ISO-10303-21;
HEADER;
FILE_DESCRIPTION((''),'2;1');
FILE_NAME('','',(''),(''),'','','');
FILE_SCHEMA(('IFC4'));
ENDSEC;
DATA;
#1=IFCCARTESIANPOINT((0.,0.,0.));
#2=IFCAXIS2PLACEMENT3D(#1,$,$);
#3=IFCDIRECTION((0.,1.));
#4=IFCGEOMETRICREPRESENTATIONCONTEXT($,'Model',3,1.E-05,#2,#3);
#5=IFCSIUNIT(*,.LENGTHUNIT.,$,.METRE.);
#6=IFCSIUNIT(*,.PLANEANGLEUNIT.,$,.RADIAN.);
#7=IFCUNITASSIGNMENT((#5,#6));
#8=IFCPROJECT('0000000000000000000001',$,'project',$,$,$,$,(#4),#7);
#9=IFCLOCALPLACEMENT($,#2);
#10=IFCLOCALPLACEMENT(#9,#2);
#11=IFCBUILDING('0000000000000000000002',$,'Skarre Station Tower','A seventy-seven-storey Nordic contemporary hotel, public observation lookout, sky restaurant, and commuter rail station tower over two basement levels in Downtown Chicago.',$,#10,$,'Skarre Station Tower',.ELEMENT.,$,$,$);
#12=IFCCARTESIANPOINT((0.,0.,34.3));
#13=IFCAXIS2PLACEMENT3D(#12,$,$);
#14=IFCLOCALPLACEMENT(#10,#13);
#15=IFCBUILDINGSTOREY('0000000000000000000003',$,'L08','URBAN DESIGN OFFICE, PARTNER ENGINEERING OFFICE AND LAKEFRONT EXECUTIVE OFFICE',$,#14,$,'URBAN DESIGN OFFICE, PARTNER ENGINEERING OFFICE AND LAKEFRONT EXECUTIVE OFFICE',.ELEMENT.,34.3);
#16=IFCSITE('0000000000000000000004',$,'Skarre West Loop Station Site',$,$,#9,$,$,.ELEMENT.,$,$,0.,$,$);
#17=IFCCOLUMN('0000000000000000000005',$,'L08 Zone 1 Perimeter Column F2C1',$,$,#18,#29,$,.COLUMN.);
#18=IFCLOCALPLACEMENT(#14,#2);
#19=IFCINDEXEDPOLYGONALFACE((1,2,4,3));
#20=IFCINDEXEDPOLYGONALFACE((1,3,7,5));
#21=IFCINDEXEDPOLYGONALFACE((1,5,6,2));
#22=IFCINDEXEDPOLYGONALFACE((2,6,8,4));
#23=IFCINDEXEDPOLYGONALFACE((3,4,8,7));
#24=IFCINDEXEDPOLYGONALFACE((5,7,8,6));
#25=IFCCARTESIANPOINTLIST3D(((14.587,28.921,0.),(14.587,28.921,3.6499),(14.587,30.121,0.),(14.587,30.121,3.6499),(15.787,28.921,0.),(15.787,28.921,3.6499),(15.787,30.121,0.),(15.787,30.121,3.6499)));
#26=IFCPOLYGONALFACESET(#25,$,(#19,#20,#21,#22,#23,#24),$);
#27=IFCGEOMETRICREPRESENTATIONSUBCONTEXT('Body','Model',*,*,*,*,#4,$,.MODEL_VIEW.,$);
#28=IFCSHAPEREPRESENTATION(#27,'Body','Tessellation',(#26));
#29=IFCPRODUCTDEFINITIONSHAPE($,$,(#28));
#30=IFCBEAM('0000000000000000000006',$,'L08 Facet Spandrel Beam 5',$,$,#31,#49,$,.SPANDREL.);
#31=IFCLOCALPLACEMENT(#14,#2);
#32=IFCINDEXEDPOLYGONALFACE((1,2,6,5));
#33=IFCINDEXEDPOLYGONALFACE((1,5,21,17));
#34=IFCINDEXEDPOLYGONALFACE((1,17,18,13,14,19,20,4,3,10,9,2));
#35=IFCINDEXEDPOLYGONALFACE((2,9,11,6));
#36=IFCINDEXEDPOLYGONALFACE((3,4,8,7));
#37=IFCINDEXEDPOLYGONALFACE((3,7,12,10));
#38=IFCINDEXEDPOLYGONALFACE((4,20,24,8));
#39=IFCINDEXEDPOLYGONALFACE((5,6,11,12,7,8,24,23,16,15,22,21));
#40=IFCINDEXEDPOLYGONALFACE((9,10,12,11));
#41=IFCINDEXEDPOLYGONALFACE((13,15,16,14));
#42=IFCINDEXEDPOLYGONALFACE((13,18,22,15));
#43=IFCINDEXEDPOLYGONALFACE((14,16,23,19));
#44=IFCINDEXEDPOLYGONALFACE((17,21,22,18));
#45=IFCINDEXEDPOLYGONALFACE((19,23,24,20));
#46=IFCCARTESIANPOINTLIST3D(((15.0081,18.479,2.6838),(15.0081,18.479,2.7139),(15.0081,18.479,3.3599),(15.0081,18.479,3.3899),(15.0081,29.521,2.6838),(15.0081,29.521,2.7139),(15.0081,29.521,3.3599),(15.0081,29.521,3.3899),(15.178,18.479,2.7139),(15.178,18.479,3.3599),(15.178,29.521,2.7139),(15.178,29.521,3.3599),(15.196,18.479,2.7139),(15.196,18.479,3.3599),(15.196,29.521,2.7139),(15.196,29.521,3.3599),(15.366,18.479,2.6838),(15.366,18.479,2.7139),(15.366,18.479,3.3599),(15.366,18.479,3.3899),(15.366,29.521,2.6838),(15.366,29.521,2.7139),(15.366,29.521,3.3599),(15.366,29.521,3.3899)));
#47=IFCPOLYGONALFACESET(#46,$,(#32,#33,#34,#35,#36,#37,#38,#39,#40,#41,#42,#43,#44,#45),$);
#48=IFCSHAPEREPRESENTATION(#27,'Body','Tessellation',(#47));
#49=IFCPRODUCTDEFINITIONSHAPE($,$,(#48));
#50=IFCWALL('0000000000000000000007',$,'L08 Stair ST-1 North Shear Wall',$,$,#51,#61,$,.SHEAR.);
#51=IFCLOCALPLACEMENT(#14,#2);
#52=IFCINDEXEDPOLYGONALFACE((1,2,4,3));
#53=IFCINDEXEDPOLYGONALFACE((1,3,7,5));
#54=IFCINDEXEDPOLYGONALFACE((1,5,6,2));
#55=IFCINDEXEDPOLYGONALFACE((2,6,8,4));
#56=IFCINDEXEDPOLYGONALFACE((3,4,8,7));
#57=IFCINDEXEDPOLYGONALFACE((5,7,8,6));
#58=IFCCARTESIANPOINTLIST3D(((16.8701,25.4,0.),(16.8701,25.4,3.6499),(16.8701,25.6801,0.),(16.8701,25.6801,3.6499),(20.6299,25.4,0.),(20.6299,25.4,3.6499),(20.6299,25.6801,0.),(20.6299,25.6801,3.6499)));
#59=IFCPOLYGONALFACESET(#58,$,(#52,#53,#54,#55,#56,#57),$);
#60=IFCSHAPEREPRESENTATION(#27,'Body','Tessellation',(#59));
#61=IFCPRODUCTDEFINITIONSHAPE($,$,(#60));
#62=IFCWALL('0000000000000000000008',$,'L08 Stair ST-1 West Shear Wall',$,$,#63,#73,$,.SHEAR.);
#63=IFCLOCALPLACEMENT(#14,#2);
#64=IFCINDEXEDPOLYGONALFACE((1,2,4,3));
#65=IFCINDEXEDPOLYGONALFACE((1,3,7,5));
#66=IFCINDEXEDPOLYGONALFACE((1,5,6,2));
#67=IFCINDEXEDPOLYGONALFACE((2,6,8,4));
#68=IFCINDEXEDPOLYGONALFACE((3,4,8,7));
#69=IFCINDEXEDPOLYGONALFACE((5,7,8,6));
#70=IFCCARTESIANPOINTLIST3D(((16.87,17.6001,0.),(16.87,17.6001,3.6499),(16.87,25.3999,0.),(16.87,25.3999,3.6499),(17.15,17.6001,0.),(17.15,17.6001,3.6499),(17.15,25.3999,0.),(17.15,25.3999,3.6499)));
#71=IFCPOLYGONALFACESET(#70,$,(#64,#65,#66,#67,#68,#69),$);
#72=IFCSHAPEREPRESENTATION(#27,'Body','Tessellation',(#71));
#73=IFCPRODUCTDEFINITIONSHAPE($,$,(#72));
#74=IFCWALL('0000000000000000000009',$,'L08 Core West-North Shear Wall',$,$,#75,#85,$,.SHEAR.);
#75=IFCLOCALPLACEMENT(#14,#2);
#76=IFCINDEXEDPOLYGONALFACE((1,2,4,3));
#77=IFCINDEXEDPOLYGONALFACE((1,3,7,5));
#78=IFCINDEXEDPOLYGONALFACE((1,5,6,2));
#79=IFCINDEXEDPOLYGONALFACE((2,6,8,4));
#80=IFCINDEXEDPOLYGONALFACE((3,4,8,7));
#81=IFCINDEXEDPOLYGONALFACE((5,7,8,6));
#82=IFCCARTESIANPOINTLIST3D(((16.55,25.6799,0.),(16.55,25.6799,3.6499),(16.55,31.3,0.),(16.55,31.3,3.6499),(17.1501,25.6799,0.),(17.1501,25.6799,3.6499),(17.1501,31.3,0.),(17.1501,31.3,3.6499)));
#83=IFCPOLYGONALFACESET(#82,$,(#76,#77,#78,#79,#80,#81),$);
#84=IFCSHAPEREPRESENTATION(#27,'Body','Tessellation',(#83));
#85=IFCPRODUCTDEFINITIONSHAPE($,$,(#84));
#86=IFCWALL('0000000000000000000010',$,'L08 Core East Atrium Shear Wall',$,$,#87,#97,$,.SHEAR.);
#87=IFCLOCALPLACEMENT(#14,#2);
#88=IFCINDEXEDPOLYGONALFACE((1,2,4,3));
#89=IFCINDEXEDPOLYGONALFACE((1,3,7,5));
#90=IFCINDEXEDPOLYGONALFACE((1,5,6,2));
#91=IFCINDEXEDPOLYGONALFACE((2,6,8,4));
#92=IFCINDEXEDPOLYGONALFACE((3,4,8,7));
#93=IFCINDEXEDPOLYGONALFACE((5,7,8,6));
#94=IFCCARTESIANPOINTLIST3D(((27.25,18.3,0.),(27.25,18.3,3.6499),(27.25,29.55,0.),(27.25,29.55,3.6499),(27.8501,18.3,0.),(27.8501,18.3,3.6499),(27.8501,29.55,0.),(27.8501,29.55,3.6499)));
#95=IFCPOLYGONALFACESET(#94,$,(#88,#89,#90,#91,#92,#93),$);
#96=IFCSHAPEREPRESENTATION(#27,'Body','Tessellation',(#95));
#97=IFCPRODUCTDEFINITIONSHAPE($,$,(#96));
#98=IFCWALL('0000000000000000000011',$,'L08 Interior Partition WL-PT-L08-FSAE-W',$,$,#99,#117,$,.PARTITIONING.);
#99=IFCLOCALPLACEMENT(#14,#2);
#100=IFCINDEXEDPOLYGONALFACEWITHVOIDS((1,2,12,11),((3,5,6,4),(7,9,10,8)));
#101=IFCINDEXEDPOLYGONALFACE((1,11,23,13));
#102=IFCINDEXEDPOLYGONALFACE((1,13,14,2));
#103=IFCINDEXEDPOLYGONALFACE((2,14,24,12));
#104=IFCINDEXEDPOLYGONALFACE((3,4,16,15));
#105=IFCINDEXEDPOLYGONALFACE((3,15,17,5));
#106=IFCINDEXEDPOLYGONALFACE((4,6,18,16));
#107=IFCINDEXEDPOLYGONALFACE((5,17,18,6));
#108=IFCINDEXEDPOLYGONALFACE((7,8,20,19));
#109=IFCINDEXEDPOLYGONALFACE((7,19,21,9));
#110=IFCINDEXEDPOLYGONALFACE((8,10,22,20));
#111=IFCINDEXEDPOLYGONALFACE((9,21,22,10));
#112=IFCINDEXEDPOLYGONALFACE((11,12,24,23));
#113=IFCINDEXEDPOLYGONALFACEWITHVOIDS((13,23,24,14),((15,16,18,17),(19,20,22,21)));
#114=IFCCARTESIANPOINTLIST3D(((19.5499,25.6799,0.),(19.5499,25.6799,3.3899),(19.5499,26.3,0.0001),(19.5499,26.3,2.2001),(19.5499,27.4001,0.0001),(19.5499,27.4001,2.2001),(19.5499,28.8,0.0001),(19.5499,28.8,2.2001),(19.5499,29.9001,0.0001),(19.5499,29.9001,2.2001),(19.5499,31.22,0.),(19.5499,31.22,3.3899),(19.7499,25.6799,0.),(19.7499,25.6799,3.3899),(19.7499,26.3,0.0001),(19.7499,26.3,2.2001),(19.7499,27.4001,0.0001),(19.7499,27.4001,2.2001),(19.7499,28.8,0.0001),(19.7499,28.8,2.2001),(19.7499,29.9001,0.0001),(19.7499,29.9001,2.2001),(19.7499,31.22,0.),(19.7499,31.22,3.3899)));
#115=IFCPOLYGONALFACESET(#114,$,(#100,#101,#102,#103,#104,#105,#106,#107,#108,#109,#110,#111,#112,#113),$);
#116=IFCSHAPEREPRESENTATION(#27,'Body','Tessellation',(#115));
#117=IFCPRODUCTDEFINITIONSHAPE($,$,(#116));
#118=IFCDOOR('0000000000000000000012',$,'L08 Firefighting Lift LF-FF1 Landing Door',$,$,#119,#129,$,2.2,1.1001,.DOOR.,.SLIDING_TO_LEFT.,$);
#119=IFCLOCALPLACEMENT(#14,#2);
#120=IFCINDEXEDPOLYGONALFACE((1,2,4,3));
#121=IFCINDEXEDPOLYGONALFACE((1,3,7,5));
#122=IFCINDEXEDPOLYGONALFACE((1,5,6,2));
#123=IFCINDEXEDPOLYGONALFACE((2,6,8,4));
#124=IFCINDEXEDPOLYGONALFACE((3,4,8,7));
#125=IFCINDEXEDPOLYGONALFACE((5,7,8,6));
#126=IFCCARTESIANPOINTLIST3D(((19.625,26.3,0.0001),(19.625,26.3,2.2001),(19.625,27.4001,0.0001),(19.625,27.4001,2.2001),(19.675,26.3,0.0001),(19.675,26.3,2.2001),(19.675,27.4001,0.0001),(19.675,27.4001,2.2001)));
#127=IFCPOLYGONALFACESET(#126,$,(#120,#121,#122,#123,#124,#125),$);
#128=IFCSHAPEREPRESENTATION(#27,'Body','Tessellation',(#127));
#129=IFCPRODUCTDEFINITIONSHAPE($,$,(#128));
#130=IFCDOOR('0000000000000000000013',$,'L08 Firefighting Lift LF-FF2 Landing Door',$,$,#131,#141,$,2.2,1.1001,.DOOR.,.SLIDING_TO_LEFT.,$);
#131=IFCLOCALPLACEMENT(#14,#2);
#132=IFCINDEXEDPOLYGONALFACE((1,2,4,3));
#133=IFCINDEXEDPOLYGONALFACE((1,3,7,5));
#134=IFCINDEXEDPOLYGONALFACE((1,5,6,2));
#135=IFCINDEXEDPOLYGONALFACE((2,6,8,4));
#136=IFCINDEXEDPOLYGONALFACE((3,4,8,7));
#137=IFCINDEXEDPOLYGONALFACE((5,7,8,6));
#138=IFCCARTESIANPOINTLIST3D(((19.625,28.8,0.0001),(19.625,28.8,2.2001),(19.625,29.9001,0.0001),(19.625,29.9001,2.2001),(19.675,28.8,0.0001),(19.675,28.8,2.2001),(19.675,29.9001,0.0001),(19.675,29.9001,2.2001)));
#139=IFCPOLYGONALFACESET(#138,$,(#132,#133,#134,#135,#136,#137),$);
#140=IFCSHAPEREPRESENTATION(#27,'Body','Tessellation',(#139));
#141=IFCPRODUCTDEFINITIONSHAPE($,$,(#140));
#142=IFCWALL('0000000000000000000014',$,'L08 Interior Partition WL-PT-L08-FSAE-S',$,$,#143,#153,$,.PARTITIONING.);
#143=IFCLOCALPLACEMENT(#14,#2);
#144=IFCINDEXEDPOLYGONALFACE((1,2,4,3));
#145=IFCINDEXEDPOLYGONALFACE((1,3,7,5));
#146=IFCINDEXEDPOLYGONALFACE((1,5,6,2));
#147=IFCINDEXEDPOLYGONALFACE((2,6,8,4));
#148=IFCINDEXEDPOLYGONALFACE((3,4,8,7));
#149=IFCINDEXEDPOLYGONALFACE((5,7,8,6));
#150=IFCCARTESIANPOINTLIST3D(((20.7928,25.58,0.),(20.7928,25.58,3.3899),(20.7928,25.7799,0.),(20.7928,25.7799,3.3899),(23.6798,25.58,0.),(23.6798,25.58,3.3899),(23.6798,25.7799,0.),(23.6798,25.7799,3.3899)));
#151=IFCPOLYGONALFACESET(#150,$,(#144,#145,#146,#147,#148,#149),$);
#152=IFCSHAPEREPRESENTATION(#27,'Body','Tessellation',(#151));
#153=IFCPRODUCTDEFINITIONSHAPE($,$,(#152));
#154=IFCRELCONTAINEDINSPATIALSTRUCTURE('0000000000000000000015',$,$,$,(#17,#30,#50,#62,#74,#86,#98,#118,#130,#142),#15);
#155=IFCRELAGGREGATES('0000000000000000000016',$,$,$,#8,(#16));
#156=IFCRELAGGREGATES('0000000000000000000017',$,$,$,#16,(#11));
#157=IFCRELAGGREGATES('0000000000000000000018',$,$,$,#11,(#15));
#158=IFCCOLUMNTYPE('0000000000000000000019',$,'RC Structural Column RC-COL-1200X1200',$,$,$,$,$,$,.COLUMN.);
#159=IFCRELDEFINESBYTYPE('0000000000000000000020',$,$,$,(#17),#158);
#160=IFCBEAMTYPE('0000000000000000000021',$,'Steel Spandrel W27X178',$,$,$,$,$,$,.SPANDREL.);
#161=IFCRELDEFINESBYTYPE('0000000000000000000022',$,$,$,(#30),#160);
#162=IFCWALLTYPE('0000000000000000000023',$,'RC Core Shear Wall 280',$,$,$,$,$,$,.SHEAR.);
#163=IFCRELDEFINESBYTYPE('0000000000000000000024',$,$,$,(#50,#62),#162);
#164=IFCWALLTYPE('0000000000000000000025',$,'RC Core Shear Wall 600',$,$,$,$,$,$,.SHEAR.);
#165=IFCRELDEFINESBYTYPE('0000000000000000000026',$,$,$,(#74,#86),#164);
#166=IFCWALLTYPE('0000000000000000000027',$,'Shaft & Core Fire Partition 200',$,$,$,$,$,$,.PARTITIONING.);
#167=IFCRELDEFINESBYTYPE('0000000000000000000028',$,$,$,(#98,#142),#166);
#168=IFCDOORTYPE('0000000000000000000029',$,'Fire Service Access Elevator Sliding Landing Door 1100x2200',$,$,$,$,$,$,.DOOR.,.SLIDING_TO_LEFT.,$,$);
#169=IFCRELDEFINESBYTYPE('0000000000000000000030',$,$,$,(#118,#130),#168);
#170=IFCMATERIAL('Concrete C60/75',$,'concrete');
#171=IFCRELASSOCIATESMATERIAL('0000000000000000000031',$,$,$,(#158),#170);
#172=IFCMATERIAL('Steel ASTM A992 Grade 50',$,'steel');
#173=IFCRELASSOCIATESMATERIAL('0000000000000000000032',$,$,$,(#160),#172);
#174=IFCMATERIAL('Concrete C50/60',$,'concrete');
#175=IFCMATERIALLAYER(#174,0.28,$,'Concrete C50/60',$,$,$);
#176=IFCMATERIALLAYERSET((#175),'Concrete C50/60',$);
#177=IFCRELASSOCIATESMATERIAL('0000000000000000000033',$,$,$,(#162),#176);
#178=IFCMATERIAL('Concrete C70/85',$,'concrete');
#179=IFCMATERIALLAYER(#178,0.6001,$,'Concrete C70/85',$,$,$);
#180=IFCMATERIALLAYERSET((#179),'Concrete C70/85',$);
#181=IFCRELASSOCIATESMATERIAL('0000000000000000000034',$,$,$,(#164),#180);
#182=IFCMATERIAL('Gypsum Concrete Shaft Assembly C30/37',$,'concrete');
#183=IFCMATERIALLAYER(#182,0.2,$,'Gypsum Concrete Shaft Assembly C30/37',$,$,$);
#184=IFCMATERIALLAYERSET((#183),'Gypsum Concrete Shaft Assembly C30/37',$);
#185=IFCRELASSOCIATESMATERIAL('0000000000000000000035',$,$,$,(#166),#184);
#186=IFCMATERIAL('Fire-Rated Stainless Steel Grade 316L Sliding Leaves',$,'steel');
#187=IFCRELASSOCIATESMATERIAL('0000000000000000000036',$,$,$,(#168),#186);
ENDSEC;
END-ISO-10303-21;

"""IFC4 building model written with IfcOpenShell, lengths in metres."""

from ifc_helpers import new_model, si_unit, direction, frame, frame_2d, origin, origin_2d, place, context, subcontext, project, spatial, rectangle, i_section, extrude, material, layer, layer_set, material_profile, profile_set, type_object, element, fill, save


model = new_model("IFC4")

# Units and contexts
model_context = context("Model", 3, precision=1e-05, world=origin(), true_north=direction((0.0, 1.0)))
body_context = subcontext(model_context, "Body", "Model", "MODEL_VIEW")
ifc_project = project(units=[si_unit("LENGTHUNIT", "METRE"), si_unit("PLANEANGLEUNIT", "RADIAN")], contexts=[model_context])

# Site, building, storey
site_placement = place(None, origin())
site = spatial("IfcSite", under=ifc_project, at=site_placement, Name="Skarre West Loop Station Site", CompositionType="ELEMENT", RefElevation=0.0)
building_placement = place(site_placement, origin())
building = spatial("IfcBuilding", under=site, at=building_placement, Name="Skarre Station Tower", Description="A seventy-seven-storey Nordic contemporary hotel, public observation lookout, sky restaurant, and commuter rail station tower over two basement levels in Downtown Chicago.", LongName="Skarre Station Tower", CompositionType="ELEMENT")
storey_placement = place(building_placement, frame((0.0, 0.0, 34.3)))
storey = spatial("IfcBuildingStorey", under=building, at=storey_placement, Name="L08", Description="URBAN DESIGN OFFICE, PARTNER ENGINEERING OFFICE AND LAKEFRONT EXECUTIVE OFFICE", LongName="URBAN DESIGN OFFICE, PARTNER ENGINEERING OFFICE AND LAKEFRONT EXECUTIVE OFFICE", CompositionType="ELEMENT", Elevation=34.3)

# Column
ifc_material_1 = material(Name="Concrete C60/75", Category="concrete")
ifc_material_profile_1 = material_profile(ifc_material_1, rectangle(XDim=1.2, YDim=1.2, at=origin_2d()), Name="Concrete C60/75")
ifc_profile_set_1 = profile_set([ifc_material_profile_1], Name="Concrete C60/75")
column_type = type_object("IfcColumnType", Name="RC Structural Column RC-COL-1200X1200", PredefinedType="COLUMN", material=ifc_profile_set_1)
column_placement = place(storey_placement, frame((15.187, 29.521, 0.0), z_axis=(0.0, 0.0, 1.0), x_axis=(1.0, 0.0, 0.0)))
element("IfcColumn", 1, at=column_placement, inside=storey, type_object=column_type, Name="L08 Zone 1 Perimeter Column F2C1", PredefinedType="COLUMN", context=body_context, shape_type="SweptSolid", body=[
    extrude(rectangle(XDim=1.2, YDim=1.2, at=origin_2d()), origin(), (0.0, 0.0, 1.0), 3.6499),
])

# Beam
ifc_material_2 = material(Name="Steel ASTM A992 Grade 50", Category="steel")
ifc_material_profile_2 = material_profile(ifc_material_2, i_section(OverallWidth=0.3579, OverallDepth=0.7061, WebThickness=0.0181, FlangeThickness=0.03, at=origin_2d()), Name="Steel ASTM A992 Grade 50")
ifc_profile_set_2 = profile_set([ifc_material_profile_2], Name="Steel ASTM A992 Grade 50")
beam_type = type_object("IfcBeamType", Name="Steel Spandrel W27X178", PredefinedType="SPANDREL", material=ifc_profile_set_2)
beam_placement = place(storey_placement, frame((15.187, 29.521, 3.0369), z_axis=(0.0, -1.0, 0.0), x_axis=(1.0, 0.0, 0.0)))
element("IfcBeam", 2, at=beam_placement, inside=storey, type_object=beam_type, Name="L08 Facet Spandrel Beam 5", PredefinedType="SPANDREL", context=body_context, shape_type="SweptSolid", body=[
    extrude(i_section(OverallWidth=0.3579, OverallDepth=0.7061, WebThickness=0.0181, FlangeThickness=0.03, at=origin_2d()), origin(), (0.0, 0.0, 1.0), 11.042),
])

# Walls
ifc_material_3 = material(Name="Concrete C50/60", Category="concrete")
ifc_layer_1 = layer(ifc_material_3, 0.28, Name="Concrete C50/60")
ifc_layer_set_1 = layer_set([ifc_layer_1], Name="Concrete C50/60")
wall_type_1 = type_object("IfcWallType", Name="RC Core Shear Wall 280", PredefinedType="SHEAR", material=ifc_layer_set_1)
wall_1_placement = place(storey_placement, frame((20.6299, 25.54, 0.0), z_axis=(0.0, 0.0, 1.0), x_axis=(-1.0, 0.0, 0.0)))
element("IfcWall", 3, at=wall_1_placement, inside=storey, type_object=wall_type_1, Name="L08 Stair ST-1 North Shear Wall", PredefinedType="SHEAR", context=body_context, shape_type="SweptSolid", body=[
    extrude(rectangle(XDim=3.7598, YDim=0.28, at=frame_2d((1.8799, 0.0))), origin(), (0.0, 0.0, 1.0), 3.6499),
])
wall_2_placement = place(storey_placement, frame((17.01, 25.3999, 0.0), z_axis=(0.0, 0.0, 1.0), x_axis=(0.0, -1.0, 0.0)))
element("IfcWall", 4, at=wall_2_placement, inside=storey, type_object=wall_type_1, Name="L08 Stair ST-1 West Shear Wall", PredefinedType="SHEAR", context=body_context, shape_type="SweptSolid", body=[
    extrude(rectangle(XDim=7.7998, YDim=0.28, at=frame_2d((3.8999, 0.0))), origin(), (0.0, 0.0, 1.0), 3.6499),
])
ifc_material_4 = material(Name="Concrete C70/85", Category="concrete")
ifc_layer_2 = layer(ifc_material_4, 0.6001, Name="Concrete C70/85")
ifc_layer_set_2 = layer_set([ifc_layer_2], Name="Concrete C70/85")
wall_type_2 = type_object("IfcWallType", Name="RC Core Shear Wall 600", PredefinedType="SHEAR", material=ifc_layer_set_2)
wall_3_placement = place(storey_placement, frame((16.8501, 25.6799, 0.0), z_axis=(0.0, 0.0, 1.0), x_axis=(0.0, 1.0, 0.0)))
element("IfcWall", 5, at=wall_3_placement, inside=storey, type_object=wall_type_2, Name="L08 Core West-North Shear Wall", PredefinedType="SHEAR", context=body_context, shape_type="SweptSolid", body=[
    extrude(rectangle(XDim=5.6201, YDim=0.6001, at=frame_2d((2.8101, 0.0))), origin(), (0.0, 0.0, 1.0), 3.6499),
])
wall_4_placement = place(storey_placement, frame((27.55, 29.55, 0.0), z_axis=(0.0, 0.0, 1.0), x_axis=(0.0, -1.0, 0.0)))
element("IfcWall", 6, at=wall_4_placement, inside=storey, type_object=wall_type_2, Name="L08 Core East Atrium Shear Wall", PredefinedType="SHEAR", context=body_context, shape_type="SweptSolid", body=[
    extrude(rectangle(XDim=11.25, YDim=0.6001, at=frame_2d((5.625, 0.0))), origin(), (0.0, 0.0, 1.0), 3.6499),
])

# Wall, openings, doors
ifc_material_5 = material(Name="Gypsum Concrete Shaft Assembly C30/37", Category="concrete")
ifc_layer_3 = layer(ifc_material_5, 0.2, Name="Gypsum Concrete Shaft Assembly C30/37")
ifc_layer_set_3 = layer_set([ifc_layer_3], Name="Gypsum Concrete Shaft Assembly C30/37")
wall_type_3 = type_object("IfcWallType", Name="Shaft & Core Fire Partition 200", PredefinedType="PARTITIONING", material=ifc_layer_set_3)
wall_5_placement = place(storey_placement, frame((19.6499, 25.6799, 0.0), z_axis=(0.0, 0.0, 1.0), x_axis=(0.0, 1.0, 0.0)))
wall_5 = element("IfcWall", 7, at=wall_5_placement, inside=storey, type_object=wall_type_3, Name="L08 Interior Partition WL-PT-L08-FSAE-W", PredefinedType="PARTITIONING", context=body_context, shape_type="SweptSolid", body=[
    extrude(rectangle(XDim=5.54, YDim=0.2, at=frame_2d((2.77, 0.0))), origin(), (0.0, 0.0, 1.0), 3.3899),
])
opening_1_placement = place(wall_5_placement, frame((0.6201, 0.0, 0.0)))
opening_1 = element("IfcOpeningElement", 8, at=opening_1_placement, cuts=wall_5, PredefinedType="OPENING", context=body_context, shape_type="SweptSolid", body=[
    extrude(rectangle(XDim=1.1001, YDim=2.2, at=frame_2d((0.55, 1.1001))), frame((0.0, 0.1099, 0.0), z_axis=(0.0, -1.0, 0.0), x_axis=(1.0, 0.0, 0.0)), (0.0, 0.0, 1.0), 0.22),
])
opening_2_placement = place(wall_5_placement, frame((3.1201, 0.0, 0.0)))
opening_2 = element("IfcOpeningElement", 9, at=opening_2_placement, cuts=wall_5, PredefinedType="OPENING", context=body_context, shape_type="SweptSolid", body=[
    extrude(rectangle(XDim=1.1001, YDim=2.2, at=frame_2d((0.55, 1.1001))), frame((0.0, 0.1099, 0.0), z_axis=(0.0, -1.0, 0.0), x_axis=(1.0, 0.0, 0.0)), (0.0, 0.0, 1.0), 0.22),
])
ifc_material_6 = material(Name="Fire-Rated Stainless Steel Grade 316L Sliding Leaves", Category="steel")
door_type_1 = type_object("IfcDoorType", Name="Fire Service Access Elevator Sliding Landing Door 1100x2200", OperationType="SLIDING_TO_LEFT", PredefinedType="DOOR", material=ifc_material_6)
door_1_placement = place(opening_1_placement, origin())
door_1 = element("IfcDoor", 10, at=door_1_placement, inside=storey, type_object=door_type_1, Name="L08 Firefighting Lift LF-FF1 Landing Door", OperationType="SLIDING_TO_LEFT", OverallHeight=2.2, OverallWidth=1.1001, PredefinedType="DOOR", context=body_context, shape_type="SweptSolid", body=[
    extrude(rectangle(XDim=1.1001, YDim=2.2, at=frame_2d((0.55, 1.1001))), frame((0.0, 0.0249, 0.0), z_axis=(0.0, -1.0, 0.0), x_axis=(1.0, 0.0, 0.0)), (0.0, 0.0, 1.0), 0.05),
])
fill(opening_1, door_1)
door_2_placement = place(opening_2_placement, origin())
door_2 = element("IfcDoor", 11, at=door_2_placement, inside=storey, type_object=door_type_1, Name="L08 Firefighting Lift LF-FF2 Landing Door", OperationType="SLIDING_TO_LEFT", OverallHeight=2.2, OverallWidth=1.1001, PredefinedType="DOOR", context=body_context, shape_type="SweptSolid", body=[
    extrude(rectangle(XDim=1.1001, YDim=2.2, at=frame_2d((0.55, 1.1001))), frame((0.0, 0.0249, 0.0), z_axis=(0.0, -1.0, 0.0), x_axis=(1.0, 0.0, 0.0)), (0.0, 0.0, 1.0), 0.05),
])
fill(opening_2, door_2)

# Wall
wall_6_placement = place(storey_placement, frame((20.793, 25.6799, 0.0), z_axis=(0.0, 0.0, 1.0), x_axis=(1.0, 0.0, 0.0)))
element("IfcWall", 12, at=wall_6_placement, inside=storey, type_object=wall_type_3, Name="L08 Interior Partition WL-PT-L08-FSAE-S", PredefinedType="PARTITIONING", context=body_context, shape_type="SweptSolid", body=[
    extrude(rectangle(XDim=2.887, YDim=0.2, at=frame_2d((1.4434, 0.0))), origin(), (0.0, 0.0, 1.0), 3.3899),
])

save(model, "model.ifc")
